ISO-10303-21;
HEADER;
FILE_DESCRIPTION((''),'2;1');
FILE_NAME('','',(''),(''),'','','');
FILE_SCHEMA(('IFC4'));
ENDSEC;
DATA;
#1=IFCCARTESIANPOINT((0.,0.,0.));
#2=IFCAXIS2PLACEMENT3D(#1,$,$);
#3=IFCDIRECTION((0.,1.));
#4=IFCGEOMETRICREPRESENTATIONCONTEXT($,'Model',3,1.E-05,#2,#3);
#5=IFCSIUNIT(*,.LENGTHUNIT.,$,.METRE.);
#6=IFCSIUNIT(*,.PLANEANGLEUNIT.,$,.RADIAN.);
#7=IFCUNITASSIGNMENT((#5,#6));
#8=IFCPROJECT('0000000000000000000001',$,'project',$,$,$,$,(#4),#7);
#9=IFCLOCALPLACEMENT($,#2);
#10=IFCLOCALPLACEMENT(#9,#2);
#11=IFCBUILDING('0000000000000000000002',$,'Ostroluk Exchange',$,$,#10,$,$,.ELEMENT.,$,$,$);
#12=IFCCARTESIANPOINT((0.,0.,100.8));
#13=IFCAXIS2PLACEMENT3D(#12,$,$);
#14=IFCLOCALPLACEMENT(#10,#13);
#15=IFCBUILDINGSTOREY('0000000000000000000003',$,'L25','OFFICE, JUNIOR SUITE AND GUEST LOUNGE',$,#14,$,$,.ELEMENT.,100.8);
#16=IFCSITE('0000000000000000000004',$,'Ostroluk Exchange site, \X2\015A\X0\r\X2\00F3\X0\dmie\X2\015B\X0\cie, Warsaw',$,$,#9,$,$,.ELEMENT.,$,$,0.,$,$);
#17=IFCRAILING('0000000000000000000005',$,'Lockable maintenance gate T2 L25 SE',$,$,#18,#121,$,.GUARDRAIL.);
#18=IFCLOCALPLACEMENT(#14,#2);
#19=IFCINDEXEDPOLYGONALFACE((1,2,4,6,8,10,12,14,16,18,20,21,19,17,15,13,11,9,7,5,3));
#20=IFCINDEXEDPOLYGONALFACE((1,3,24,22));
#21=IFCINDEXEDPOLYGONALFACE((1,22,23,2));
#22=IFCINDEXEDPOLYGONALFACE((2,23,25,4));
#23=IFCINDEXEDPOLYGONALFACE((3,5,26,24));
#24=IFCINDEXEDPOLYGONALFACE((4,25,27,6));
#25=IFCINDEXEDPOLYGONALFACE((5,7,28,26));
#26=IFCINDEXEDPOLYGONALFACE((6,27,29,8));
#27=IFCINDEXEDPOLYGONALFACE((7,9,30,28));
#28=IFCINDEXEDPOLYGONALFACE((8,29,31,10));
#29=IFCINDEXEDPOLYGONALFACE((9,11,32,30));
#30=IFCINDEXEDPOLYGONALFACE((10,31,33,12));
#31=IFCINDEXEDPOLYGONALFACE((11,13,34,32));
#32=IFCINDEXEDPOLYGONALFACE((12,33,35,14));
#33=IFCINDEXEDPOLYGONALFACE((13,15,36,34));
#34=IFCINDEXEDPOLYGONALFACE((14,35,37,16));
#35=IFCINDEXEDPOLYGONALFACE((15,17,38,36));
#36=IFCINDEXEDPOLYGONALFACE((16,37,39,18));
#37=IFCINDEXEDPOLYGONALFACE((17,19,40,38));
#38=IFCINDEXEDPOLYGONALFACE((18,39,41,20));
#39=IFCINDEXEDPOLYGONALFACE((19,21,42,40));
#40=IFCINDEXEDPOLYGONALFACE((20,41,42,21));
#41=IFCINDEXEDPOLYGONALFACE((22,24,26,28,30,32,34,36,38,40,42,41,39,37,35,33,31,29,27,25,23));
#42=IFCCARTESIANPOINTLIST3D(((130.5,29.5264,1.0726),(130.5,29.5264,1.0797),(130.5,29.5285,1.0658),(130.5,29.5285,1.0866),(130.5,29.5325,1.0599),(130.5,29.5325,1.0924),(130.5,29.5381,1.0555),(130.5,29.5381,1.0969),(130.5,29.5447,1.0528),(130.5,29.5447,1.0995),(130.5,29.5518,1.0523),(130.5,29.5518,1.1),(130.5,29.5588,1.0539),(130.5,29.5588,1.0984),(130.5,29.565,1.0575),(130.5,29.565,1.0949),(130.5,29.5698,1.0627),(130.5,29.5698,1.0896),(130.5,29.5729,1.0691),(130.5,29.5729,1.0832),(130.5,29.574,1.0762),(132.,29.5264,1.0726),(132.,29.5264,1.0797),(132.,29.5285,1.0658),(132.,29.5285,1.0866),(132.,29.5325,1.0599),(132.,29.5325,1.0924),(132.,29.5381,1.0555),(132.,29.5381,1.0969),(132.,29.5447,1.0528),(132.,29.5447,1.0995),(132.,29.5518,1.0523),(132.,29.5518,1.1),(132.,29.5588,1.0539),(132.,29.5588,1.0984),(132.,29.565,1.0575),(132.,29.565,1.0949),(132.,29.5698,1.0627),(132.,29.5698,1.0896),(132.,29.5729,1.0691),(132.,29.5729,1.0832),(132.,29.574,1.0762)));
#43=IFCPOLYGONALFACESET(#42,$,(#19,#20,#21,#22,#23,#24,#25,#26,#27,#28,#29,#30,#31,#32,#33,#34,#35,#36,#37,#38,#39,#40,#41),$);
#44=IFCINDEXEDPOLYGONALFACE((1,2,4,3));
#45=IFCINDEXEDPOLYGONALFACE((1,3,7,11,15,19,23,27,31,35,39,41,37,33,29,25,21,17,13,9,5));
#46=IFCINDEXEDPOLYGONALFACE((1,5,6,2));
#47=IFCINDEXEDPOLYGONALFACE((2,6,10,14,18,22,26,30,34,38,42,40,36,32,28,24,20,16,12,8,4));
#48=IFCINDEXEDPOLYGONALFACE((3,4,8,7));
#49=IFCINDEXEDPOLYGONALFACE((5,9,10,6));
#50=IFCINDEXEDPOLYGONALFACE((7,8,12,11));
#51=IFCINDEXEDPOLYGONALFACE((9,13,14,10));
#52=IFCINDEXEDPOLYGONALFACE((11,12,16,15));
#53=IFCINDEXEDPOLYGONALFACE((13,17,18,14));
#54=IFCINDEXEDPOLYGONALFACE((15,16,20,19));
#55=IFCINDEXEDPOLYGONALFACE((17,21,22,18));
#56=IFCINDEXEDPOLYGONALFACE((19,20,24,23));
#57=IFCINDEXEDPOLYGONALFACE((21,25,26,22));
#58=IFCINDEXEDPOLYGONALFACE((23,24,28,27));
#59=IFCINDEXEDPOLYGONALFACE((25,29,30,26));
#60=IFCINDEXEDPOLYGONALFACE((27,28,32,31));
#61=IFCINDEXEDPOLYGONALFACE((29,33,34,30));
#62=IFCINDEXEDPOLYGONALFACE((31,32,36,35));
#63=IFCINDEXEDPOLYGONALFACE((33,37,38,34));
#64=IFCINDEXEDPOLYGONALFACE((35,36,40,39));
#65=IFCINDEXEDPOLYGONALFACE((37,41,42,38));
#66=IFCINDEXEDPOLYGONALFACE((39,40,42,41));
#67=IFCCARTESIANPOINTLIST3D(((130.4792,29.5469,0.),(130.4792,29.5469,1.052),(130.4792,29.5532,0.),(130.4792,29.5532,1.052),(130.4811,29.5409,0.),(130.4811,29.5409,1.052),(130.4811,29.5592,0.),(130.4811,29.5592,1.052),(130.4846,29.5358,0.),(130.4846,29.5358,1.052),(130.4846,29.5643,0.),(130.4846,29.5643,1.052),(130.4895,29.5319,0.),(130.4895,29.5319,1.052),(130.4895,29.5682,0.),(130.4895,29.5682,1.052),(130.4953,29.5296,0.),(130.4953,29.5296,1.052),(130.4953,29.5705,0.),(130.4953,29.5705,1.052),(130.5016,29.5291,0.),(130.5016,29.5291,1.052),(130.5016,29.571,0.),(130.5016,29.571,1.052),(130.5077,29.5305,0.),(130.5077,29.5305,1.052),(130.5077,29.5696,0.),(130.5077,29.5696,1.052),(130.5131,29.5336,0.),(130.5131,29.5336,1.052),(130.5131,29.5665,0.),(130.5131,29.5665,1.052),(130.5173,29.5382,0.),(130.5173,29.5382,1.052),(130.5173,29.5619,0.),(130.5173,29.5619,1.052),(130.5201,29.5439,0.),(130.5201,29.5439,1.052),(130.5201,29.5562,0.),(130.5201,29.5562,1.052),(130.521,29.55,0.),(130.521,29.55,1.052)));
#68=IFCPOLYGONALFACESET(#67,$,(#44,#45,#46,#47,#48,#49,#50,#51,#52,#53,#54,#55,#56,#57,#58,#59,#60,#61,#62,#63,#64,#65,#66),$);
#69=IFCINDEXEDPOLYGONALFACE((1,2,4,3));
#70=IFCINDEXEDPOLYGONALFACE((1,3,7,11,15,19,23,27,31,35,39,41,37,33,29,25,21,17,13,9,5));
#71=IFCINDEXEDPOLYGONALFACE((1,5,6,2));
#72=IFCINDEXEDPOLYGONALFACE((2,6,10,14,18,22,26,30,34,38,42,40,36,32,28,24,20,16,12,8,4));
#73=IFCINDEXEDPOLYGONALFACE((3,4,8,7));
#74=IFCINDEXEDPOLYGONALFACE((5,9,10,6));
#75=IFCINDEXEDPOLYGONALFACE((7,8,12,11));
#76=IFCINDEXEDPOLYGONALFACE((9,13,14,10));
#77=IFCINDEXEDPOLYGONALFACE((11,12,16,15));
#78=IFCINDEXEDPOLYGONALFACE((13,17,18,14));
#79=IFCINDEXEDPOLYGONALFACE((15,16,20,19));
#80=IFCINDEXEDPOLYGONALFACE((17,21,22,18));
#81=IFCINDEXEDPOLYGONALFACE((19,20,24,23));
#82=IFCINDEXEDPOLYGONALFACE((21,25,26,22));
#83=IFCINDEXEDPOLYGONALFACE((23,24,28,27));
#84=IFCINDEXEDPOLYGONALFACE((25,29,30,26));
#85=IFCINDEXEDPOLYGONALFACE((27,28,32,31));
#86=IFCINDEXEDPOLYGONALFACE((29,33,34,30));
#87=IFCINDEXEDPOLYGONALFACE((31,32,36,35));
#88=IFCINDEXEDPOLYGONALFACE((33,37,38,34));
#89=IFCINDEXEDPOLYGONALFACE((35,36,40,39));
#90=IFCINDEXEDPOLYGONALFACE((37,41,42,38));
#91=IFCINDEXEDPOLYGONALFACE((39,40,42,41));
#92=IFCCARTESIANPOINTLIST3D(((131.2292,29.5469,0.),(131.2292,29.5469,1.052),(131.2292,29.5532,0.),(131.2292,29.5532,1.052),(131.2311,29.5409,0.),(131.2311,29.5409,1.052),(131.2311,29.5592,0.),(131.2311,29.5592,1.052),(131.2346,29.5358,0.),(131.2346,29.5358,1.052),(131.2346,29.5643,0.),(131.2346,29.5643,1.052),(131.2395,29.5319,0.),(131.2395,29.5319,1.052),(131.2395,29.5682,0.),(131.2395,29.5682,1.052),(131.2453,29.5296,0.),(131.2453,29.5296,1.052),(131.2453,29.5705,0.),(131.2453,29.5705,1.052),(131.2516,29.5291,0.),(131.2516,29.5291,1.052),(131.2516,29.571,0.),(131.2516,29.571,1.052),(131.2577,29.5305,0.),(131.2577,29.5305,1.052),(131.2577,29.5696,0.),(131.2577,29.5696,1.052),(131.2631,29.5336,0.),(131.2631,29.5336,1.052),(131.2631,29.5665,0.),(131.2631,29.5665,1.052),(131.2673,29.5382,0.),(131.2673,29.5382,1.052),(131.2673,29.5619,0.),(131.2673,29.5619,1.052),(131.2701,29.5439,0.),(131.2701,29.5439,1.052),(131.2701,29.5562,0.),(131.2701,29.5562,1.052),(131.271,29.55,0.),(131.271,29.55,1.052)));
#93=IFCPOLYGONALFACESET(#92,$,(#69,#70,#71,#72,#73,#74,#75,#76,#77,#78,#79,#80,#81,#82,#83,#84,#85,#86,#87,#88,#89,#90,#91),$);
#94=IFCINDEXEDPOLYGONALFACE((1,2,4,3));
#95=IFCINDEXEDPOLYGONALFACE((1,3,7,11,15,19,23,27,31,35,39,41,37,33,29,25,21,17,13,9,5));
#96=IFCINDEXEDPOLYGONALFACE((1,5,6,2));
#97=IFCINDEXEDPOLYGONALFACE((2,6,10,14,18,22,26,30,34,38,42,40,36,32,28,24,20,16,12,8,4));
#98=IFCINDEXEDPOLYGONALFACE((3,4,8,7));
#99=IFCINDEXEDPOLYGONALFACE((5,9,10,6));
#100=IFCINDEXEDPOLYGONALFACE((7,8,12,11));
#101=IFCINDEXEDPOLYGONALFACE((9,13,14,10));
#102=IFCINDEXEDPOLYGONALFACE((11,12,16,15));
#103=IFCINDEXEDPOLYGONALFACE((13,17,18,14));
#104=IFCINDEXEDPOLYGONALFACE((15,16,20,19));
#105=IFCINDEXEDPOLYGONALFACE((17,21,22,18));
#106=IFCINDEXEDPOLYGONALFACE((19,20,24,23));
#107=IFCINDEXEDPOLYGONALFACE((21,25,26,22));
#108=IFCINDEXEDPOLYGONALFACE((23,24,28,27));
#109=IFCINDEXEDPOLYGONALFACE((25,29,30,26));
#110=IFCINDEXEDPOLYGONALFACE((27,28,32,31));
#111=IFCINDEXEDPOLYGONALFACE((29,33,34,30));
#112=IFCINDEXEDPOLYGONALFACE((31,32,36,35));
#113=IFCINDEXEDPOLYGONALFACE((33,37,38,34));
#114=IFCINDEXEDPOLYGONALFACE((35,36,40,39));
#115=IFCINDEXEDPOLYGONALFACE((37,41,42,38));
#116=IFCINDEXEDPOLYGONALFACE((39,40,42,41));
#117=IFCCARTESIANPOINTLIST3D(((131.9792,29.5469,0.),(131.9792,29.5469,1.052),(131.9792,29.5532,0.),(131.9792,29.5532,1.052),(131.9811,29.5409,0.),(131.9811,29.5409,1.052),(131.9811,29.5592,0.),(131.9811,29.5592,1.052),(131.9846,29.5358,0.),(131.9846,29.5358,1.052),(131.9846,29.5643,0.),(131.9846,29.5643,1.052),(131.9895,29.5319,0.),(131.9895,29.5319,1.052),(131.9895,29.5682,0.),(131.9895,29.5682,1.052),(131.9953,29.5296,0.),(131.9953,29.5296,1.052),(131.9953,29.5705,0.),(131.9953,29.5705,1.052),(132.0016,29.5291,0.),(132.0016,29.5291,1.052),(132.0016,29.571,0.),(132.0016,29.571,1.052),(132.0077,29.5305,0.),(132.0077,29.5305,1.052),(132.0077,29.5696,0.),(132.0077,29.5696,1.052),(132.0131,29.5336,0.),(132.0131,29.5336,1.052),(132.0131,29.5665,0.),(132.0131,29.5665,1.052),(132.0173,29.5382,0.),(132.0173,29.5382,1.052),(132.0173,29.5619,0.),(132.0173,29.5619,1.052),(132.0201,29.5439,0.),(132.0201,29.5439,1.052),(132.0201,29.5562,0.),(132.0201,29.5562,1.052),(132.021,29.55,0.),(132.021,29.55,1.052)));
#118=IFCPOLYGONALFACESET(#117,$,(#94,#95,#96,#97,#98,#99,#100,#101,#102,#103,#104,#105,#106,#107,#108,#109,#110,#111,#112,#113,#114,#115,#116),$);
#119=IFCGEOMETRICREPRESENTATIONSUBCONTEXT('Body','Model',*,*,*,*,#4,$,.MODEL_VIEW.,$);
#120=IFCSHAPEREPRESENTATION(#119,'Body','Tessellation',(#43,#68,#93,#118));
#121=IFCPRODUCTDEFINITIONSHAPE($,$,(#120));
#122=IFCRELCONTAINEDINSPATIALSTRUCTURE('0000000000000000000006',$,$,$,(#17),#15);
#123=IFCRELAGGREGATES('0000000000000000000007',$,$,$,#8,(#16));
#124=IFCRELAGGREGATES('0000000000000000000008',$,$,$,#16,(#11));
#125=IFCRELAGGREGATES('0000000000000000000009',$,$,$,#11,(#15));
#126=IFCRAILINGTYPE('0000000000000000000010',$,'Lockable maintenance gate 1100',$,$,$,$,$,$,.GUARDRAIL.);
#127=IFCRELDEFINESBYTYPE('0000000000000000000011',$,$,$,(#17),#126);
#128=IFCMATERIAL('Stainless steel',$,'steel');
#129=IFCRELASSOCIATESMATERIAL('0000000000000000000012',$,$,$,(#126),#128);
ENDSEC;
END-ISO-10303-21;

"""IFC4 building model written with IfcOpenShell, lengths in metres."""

from ifc_helpers import new_model, si_unit, direction, frame, origin, origin_2d, place, context, subcontext, project, spatial, circle, extrude, material, type_object, element, save


model = new_model("IFC4")

# Units and contexts
model_context = context("Model", 3, precision=1e-05, world=origin(), true_north=direction((0.0, 1.0)))
body_context = subcontext(model_context, "Body", "Model", "MODEL_VIEW")
ifc_project = project(units=[si_unit("LENGTHUNIT", "METRE"), si_unit("PLANEANGLEUNIT", "RADIAN")], contexts=[model_context])

# Site, building, storey
site_placement = place(None, origin())
site = spatial("IfcSite", under=ifc_project, at=site_placement, Name="Ostroluk Exchange site, Śródmieście, Warsaw", CompositionType="ELEMENT", RefElevation=0.0)
building_placement = place(site_placement, origin())
building = spatial("IfcBuilding", under=site, at=building_placement, Name="Ostroluk Exchange", CompositionType="ELEMENT")
storey_placement = place(building_placement, frame((0.0, 0.0, 100.8)))
storey = spatial("IfcBuildingStorey", under=building, at=storey_placement, Name="L25", Description="OFFICE, JUNIOR SUITE AND GUEST LOUNGE", CompositionType="ELEMENT", Elevation=100.8)

# Railing
ifc_material_1 = material(Name="Stainless steel", Category="steel")
railing_type_1 = type_object("IfcRailingType", Name="Lockable maintenance gate 1100", PredefinedType="GUARDRAIL", material=ifc_material_1)
railing_1_placement = place(storey_placement, frame((130.5, 29.55, 0.0)))
element("IfcRailing", 1, at=railing_1_placement, inside=storey, type_object=railing_type_1, Name="Lockable maintenance gate T2 L25 SE", PredefinedType="GUARDRAIL", context=body_context, shape_type="SweptSolid", body=[
    extrude(circle(Radius=0.0239, at=origin_2d()), frame((0.0, 0.0, 1.0762), z_axis=(1.0, 0.0, 0.0), x_axis=(0.0, 1.0, 0.0)), (0.0, 0.0, 1.0), 1.5),
    extrude(circle(Radius=0.021, at=origin_2d()), origin(), (0.0, 0.0, 1.0), 1.052),
    extrude(circle(Radius=0.021, at=origin_2d()), frame((0.75, 0.0, 0.0)), (0.0, 0.0, 1.0), 1.052),
    extrude(circle(Radius=0.021, at=origin_2d()), frame((1.5, 0.0, 0.0)), (0.0, 0.0, 1.0), 1.052),
])

save(model, "model.ifc")
